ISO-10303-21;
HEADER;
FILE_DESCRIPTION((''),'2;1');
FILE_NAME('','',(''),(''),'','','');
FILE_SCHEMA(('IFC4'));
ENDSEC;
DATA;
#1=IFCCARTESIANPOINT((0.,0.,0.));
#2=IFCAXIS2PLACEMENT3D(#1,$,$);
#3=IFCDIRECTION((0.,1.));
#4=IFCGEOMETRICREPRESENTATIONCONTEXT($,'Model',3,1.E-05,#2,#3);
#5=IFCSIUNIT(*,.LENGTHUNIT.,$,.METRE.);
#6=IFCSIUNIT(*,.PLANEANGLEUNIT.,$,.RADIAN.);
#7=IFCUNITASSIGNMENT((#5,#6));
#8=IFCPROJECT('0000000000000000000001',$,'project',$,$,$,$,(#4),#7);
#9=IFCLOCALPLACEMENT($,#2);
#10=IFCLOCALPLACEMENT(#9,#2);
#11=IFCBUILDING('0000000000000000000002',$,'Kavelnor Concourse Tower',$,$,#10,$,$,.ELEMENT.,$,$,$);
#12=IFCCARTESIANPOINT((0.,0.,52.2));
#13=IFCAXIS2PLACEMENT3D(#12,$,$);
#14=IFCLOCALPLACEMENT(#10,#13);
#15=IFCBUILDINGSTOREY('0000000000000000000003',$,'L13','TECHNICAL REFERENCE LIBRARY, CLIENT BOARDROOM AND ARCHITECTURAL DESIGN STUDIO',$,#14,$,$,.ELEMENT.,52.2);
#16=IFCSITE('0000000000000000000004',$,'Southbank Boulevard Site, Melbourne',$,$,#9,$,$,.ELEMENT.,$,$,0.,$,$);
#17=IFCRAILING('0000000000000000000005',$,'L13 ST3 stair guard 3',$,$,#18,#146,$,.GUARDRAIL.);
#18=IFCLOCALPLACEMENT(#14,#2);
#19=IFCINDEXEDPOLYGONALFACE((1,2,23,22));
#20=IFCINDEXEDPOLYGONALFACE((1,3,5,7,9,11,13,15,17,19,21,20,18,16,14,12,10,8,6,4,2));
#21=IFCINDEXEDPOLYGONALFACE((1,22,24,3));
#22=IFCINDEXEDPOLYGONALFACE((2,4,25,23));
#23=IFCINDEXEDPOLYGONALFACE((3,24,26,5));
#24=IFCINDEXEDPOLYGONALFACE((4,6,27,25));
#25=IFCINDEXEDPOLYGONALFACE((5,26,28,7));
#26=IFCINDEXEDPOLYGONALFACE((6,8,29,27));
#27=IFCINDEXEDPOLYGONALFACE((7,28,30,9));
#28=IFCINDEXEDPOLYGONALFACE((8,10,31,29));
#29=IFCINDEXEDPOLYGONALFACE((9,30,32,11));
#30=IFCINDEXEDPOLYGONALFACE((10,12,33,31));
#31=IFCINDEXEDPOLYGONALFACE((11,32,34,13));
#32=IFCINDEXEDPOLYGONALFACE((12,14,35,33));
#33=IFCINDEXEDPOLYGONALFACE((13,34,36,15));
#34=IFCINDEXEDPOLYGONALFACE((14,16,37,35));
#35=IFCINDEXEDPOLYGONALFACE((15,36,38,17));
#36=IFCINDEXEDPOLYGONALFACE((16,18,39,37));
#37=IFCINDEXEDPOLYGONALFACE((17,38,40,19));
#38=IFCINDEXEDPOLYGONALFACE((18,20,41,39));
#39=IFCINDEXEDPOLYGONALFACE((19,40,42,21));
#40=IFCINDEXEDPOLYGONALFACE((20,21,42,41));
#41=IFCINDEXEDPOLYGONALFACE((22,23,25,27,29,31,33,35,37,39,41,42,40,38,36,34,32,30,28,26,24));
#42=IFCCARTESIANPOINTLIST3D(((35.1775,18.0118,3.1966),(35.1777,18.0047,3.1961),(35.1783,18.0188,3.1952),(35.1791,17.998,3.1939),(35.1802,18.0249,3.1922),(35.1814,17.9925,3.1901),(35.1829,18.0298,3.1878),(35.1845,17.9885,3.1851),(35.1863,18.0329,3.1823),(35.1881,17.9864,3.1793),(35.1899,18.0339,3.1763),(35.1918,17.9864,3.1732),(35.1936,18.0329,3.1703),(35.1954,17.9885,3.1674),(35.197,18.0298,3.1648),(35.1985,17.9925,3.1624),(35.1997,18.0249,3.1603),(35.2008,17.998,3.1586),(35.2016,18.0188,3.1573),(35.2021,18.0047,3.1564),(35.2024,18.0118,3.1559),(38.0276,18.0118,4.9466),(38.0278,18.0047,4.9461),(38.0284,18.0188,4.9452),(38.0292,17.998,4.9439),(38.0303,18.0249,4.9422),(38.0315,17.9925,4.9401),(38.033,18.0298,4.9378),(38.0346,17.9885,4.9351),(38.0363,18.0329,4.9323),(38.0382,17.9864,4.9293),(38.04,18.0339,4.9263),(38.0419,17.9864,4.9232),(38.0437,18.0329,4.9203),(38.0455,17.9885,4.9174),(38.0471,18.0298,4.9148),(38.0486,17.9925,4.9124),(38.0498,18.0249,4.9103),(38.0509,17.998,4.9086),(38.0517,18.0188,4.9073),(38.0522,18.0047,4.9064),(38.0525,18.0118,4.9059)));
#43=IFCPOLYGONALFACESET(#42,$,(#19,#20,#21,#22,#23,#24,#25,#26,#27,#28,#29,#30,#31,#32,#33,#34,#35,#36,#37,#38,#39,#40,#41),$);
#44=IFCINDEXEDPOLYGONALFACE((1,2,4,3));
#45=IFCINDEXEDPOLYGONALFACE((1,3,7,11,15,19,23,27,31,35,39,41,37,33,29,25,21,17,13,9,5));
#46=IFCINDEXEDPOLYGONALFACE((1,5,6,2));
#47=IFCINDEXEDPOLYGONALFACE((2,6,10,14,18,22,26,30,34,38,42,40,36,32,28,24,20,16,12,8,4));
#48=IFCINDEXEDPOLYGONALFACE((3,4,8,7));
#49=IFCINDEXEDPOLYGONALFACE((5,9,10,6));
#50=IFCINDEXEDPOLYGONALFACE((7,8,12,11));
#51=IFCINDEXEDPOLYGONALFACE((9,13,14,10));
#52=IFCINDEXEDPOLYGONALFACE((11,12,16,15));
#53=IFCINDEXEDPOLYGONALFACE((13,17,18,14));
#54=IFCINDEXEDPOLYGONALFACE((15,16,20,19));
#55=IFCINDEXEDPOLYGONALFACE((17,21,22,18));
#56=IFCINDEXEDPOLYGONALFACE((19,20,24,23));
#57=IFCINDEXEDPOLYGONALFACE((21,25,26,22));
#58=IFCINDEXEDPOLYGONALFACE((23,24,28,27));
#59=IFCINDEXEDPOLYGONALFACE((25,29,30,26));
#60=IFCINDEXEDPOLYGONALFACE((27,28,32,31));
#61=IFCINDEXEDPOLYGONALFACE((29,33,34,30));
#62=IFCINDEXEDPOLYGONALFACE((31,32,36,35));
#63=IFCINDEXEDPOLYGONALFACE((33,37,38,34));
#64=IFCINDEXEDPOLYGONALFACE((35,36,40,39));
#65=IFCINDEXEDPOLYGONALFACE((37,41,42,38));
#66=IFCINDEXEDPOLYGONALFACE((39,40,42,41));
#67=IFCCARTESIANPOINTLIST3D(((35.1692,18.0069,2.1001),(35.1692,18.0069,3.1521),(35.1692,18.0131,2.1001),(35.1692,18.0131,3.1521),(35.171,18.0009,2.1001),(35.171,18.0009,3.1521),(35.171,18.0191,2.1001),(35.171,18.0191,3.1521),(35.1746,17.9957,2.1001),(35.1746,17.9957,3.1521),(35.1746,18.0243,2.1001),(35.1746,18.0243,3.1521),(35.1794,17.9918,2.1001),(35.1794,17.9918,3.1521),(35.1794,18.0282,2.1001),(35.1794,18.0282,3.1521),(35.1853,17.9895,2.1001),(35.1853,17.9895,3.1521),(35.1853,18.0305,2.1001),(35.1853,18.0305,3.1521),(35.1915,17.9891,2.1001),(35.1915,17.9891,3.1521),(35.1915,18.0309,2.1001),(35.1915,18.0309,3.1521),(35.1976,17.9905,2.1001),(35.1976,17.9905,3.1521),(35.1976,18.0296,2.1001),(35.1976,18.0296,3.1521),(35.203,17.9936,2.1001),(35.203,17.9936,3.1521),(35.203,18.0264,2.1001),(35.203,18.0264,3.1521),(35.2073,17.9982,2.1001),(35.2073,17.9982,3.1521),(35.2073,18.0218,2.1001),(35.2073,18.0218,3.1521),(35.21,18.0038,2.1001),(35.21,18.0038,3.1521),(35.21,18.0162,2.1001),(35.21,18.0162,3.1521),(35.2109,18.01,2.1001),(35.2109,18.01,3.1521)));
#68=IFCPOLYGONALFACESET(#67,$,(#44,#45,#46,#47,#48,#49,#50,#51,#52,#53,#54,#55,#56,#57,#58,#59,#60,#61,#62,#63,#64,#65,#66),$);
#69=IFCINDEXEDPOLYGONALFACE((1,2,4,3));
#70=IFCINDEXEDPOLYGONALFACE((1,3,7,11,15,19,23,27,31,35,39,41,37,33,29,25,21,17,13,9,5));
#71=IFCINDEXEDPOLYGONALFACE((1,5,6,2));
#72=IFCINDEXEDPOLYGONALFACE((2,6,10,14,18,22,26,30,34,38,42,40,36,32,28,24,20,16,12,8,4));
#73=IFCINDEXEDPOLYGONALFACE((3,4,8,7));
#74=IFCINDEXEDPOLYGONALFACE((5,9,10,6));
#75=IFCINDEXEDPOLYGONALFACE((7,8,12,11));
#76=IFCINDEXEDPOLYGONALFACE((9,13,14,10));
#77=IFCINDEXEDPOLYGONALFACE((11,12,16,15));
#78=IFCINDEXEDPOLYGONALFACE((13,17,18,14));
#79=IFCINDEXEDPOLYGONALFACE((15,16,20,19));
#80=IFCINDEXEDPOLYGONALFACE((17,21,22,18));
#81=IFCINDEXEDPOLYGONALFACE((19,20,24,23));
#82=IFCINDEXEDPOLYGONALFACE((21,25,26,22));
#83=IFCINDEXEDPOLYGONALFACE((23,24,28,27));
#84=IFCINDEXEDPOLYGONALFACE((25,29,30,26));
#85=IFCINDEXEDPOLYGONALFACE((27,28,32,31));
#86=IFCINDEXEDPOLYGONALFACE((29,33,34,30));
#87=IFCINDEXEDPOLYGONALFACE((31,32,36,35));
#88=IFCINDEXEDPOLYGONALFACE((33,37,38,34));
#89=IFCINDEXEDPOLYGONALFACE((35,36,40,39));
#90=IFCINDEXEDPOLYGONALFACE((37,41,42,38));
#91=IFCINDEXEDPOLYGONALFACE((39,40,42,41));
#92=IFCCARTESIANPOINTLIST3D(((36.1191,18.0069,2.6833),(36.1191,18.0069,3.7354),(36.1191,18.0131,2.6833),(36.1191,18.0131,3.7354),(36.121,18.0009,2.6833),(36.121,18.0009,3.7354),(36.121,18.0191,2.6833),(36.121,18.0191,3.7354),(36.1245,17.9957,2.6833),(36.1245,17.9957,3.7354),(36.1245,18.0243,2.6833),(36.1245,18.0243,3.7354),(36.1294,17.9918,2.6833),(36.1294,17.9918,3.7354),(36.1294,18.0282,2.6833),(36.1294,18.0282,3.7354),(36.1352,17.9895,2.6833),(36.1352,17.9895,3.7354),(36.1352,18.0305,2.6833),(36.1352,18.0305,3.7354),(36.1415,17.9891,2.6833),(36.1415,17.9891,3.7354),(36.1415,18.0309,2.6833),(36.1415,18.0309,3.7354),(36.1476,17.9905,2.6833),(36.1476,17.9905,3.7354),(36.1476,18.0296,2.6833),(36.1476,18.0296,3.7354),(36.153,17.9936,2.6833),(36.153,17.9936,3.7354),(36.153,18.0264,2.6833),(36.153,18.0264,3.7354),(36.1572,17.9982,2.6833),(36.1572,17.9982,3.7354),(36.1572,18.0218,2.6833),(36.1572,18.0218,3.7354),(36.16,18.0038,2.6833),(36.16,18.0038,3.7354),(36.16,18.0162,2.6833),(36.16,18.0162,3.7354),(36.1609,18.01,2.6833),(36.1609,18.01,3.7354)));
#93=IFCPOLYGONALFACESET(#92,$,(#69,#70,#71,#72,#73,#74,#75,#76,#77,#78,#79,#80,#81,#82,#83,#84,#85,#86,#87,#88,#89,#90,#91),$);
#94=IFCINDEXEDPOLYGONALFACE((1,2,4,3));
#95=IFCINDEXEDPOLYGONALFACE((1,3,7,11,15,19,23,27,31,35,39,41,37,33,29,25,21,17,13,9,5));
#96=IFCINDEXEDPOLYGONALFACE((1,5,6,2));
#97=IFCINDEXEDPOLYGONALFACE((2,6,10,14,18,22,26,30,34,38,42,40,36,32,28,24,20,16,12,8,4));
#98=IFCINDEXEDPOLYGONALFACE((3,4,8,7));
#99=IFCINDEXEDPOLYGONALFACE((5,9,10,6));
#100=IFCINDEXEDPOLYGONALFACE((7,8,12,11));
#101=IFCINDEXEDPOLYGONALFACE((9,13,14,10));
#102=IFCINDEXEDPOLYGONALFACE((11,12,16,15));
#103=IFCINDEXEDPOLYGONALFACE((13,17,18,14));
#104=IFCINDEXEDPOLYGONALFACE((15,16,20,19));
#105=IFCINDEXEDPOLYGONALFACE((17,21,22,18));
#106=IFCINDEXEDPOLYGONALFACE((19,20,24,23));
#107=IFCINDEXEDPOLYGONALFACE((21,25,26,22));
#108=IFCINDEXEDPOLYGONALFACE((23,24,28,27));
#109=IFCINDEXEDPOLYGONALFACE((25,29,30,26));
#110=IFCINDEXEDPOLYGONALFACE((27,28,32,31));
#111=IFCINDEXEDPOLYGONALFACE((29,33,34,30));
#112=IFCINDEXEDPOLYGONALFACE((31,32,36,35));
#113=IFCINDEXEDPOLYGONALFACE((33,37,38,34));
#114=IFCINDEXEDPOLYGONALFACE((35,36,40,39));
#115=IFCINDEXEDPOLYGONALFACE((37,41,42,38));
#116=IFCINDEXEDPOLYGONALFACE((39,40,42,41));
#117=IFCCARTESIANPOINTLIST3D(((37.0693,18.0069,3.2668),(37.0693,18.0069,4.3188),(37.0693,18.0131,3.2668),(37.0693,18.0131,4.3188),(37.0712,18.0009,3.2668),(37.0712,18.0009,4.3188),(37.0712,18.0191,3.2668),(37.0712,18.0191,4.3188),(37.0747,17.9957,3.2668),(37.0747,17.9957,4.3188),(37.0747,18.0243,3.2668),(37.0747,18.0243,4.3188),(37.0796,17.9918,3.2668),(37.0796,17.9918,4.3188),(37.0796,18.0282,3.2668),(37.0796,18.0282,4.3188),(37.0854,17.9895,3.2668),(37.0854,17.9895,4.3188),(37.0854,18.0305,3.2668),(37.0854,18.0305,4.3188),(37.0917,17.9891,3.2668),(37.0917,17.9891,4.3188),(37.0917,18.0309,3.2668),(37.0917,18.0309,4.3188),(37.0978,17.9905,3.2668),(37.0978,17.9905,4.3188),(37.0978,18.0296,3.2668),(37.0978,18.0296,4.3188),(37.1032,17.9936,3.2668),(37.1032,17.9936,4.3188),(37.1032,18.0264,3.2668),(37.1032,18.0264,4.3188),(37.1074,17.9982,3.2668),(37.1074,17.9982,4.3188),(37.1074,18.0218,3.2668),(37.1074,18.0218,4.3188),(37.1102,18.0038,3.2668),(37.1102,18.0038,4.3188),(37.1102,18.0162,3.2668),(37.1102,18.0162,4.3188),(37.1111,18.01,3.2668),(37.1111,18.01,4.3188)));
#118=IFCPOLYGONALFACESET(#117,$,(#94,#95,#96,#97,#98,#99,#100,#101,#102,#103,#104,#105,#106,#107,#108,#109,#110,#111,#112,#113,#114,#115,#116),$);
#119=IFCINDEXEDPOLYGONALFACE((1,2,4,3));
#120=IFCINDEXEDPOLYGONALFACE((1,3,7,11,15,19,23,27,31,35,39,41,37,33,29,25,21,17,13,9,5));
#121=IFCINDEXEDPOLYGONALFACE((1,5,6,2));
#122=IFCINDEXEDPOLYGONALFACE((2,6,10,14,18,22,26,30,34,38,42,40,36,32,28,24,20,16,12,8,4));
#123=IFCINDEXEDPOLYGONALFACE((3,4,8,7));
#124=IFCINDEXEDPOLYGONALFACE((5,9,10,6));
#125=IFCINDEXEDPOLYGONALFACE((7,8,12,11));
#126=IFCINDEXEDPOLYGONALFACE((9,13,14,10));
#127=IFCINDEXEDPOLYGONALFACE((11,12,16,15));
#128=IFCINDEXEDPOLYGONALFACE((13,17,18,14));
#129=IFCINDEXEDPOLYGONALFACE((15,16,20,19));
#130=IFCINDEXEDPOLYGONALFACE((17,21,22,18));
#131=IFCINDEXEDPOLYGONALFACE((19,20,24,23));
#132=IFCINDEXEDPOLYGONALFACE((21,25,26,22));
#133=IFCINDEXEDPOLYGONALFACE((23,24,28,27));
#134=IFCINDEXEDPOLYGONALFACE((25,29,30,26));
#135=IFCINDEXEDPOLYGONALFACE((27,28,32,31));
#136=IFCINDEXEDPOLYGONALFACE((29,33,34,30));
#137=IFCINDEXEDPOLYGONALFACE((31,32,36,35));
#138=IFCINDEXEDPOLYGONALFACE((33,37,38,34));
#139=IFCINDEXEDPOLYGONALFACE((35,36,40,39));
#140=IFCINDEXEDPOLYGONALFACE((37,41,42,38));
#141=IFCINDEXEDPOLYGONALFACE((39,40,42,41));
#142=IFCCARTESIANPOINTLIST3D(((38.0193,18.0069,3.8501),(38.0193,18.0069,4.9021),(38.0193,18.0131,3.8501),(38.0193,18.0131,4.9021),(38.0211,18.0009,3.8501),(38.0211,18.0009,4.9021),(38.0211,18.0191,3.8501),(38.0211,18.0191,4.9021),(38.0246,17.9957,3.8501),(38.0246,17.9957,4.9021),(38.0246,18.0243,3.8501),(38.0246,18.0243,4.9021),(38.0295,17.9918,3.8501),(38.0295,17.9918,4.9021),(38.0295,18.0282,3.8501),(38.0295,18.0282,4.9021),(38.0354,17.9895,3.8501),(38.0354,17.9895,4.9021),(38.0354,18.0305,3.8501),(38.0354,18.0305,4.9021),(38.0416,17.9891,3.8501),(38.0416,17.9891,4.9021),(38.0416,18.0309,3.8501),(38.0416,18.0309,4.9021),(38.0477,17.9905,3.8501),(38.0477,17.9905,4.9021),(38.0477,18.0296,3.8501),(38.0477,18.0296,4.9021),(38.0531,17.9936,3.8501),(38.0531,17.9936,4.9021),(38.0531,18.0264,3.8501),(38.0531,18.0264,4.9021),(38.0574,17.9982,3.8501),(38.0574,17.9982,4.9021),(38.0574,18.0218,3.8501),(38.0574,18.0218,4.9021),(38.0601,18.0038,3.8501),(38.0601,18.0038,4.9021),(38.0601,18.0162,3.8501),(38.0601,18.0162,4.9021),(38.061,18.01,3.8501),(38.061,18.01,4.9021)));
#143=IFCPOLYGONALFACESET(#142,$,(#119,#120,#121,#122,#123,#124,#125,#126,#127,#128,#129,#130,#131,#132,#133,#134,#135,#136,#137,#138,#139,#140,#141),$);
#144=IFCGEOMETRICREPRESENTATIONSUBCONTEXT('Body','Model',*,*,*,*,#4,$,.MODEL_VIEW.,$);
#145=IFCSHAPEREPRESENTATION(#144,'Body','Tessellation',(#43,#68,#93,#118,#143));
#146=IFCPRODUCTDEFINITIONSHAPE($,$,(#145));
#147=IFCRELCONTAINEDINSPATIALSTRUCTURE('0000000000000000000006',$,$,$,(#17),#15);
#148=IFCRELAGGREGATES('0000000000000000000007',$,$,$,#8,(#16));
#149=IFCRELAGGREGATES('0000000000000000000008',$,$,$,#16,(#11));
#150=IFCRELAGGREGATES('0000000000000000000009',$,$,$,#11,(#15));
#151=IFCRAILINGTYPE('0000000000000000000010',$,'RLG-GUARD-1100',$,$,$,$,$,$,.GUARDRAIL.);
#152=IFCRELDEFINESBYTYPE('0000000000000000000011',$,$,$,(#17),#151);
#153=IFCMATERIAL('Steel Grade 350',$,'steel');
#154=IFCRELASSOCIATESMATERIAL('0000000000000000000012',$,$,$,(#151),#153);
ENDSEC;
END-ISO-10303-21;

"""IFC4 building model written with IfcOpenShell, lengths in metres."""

from ifc_helpers import new_model, si_unit, direction, frame, origin, origin_2d, place, context, subcontext, project, spatial, circle, extrude, material, type_object, element, save


model = new_model("IFC4")

# Units and contexts
model_context = context("Model", 3, precision=1e-05, world=origin(), true_north=direction((0.0, 1.0)))
body_context = subcontext(model_context, "Body", "Model", "MODEL_VIEW")
ifc_project = project(units=[si_unit("LENGTHUNIT", "METRE"), si_unit("PLANEANGLEUNIT", "RADIAN")], contexts=[model_context])

# Site, building, storey
site_placement = place(None, origin())
site = spatial("IfcSite", under=ifc_project, at=site_placement, Name="Southbank Boulevard Site, Melbourne", CompositionType="ELEMENT", RefElevation=0.0)
building_placement = place(site_placement, origin())
building = spatial("IfcBuilding", under=site, at=building_placement, Name="Kavelnor Concourse Tower", CompositionType="ELEMENT")
storey_placement = place(building_placement, frame((0.0, 0.0, 52.2)))
storey = spatial("IfcBuildingStorey", under=building, at=storey_placement, Name="L13", Description="TECHNICAL REFERENCE LIBRARY, CLIENT BOARDROOM AND ARCHITECTURAL DESIGN STUDIO", CompositionType="ELEMENT", Elevation=52.2)

# Shared definitions
ifc_material_1 = material(Name="Steel Grade 350", Category="steel")

# Railing
railing_type_1 = type_object("IfcRailingType", Name="RLG-GUARD-1100", PredefinedType="GUARDRAIL", material=ifc_material_1)
railing_1_placement = place(storey_placement, frame((35.1899, 18.01, 2.1001)))
element("IfcRailing", 1, at=railing_1_placement, inside=storey, type_object=railing_type_1, Name="L13 ST3 stair guard 3", PredefinedType="GUARDRAIL", context=body_context, shape_type="SweptSolid", body=[
    extrude(circle(Radius=0.0239, at=origin_2d()), frame((0.0, 0.0, 1.0762), z_axis=(0.852179, 0.0, 0.52325), x_axis=(0.0, 1.0, 0.0)), (0.0, 0.0, 1.0), 3.3445),
    extrude(circle(Radius=0.021, at=origin_2d()), origin(), (0.0, 0.0, 1.0), 1.052),
    extrude(circle(Radius=0.021, at=origin_2d()), frame((0.95, 0.0, 0.5833)), (0.0, 0.0, 1.0), 1.052),
    extrude(circle(Radius=0.021, at=origin_2d()), frame((1.9001, 0.0, 1.1667)), (0.0, 0.0, 1.0), 1.052),
    extrude(circle(Radius=0.021, at=origin_2d()), frame((2.8501, 0.0, 1.75)), (0.0, 0.0, 1.0), 1.052),
])

save(model, "model.ifc")
